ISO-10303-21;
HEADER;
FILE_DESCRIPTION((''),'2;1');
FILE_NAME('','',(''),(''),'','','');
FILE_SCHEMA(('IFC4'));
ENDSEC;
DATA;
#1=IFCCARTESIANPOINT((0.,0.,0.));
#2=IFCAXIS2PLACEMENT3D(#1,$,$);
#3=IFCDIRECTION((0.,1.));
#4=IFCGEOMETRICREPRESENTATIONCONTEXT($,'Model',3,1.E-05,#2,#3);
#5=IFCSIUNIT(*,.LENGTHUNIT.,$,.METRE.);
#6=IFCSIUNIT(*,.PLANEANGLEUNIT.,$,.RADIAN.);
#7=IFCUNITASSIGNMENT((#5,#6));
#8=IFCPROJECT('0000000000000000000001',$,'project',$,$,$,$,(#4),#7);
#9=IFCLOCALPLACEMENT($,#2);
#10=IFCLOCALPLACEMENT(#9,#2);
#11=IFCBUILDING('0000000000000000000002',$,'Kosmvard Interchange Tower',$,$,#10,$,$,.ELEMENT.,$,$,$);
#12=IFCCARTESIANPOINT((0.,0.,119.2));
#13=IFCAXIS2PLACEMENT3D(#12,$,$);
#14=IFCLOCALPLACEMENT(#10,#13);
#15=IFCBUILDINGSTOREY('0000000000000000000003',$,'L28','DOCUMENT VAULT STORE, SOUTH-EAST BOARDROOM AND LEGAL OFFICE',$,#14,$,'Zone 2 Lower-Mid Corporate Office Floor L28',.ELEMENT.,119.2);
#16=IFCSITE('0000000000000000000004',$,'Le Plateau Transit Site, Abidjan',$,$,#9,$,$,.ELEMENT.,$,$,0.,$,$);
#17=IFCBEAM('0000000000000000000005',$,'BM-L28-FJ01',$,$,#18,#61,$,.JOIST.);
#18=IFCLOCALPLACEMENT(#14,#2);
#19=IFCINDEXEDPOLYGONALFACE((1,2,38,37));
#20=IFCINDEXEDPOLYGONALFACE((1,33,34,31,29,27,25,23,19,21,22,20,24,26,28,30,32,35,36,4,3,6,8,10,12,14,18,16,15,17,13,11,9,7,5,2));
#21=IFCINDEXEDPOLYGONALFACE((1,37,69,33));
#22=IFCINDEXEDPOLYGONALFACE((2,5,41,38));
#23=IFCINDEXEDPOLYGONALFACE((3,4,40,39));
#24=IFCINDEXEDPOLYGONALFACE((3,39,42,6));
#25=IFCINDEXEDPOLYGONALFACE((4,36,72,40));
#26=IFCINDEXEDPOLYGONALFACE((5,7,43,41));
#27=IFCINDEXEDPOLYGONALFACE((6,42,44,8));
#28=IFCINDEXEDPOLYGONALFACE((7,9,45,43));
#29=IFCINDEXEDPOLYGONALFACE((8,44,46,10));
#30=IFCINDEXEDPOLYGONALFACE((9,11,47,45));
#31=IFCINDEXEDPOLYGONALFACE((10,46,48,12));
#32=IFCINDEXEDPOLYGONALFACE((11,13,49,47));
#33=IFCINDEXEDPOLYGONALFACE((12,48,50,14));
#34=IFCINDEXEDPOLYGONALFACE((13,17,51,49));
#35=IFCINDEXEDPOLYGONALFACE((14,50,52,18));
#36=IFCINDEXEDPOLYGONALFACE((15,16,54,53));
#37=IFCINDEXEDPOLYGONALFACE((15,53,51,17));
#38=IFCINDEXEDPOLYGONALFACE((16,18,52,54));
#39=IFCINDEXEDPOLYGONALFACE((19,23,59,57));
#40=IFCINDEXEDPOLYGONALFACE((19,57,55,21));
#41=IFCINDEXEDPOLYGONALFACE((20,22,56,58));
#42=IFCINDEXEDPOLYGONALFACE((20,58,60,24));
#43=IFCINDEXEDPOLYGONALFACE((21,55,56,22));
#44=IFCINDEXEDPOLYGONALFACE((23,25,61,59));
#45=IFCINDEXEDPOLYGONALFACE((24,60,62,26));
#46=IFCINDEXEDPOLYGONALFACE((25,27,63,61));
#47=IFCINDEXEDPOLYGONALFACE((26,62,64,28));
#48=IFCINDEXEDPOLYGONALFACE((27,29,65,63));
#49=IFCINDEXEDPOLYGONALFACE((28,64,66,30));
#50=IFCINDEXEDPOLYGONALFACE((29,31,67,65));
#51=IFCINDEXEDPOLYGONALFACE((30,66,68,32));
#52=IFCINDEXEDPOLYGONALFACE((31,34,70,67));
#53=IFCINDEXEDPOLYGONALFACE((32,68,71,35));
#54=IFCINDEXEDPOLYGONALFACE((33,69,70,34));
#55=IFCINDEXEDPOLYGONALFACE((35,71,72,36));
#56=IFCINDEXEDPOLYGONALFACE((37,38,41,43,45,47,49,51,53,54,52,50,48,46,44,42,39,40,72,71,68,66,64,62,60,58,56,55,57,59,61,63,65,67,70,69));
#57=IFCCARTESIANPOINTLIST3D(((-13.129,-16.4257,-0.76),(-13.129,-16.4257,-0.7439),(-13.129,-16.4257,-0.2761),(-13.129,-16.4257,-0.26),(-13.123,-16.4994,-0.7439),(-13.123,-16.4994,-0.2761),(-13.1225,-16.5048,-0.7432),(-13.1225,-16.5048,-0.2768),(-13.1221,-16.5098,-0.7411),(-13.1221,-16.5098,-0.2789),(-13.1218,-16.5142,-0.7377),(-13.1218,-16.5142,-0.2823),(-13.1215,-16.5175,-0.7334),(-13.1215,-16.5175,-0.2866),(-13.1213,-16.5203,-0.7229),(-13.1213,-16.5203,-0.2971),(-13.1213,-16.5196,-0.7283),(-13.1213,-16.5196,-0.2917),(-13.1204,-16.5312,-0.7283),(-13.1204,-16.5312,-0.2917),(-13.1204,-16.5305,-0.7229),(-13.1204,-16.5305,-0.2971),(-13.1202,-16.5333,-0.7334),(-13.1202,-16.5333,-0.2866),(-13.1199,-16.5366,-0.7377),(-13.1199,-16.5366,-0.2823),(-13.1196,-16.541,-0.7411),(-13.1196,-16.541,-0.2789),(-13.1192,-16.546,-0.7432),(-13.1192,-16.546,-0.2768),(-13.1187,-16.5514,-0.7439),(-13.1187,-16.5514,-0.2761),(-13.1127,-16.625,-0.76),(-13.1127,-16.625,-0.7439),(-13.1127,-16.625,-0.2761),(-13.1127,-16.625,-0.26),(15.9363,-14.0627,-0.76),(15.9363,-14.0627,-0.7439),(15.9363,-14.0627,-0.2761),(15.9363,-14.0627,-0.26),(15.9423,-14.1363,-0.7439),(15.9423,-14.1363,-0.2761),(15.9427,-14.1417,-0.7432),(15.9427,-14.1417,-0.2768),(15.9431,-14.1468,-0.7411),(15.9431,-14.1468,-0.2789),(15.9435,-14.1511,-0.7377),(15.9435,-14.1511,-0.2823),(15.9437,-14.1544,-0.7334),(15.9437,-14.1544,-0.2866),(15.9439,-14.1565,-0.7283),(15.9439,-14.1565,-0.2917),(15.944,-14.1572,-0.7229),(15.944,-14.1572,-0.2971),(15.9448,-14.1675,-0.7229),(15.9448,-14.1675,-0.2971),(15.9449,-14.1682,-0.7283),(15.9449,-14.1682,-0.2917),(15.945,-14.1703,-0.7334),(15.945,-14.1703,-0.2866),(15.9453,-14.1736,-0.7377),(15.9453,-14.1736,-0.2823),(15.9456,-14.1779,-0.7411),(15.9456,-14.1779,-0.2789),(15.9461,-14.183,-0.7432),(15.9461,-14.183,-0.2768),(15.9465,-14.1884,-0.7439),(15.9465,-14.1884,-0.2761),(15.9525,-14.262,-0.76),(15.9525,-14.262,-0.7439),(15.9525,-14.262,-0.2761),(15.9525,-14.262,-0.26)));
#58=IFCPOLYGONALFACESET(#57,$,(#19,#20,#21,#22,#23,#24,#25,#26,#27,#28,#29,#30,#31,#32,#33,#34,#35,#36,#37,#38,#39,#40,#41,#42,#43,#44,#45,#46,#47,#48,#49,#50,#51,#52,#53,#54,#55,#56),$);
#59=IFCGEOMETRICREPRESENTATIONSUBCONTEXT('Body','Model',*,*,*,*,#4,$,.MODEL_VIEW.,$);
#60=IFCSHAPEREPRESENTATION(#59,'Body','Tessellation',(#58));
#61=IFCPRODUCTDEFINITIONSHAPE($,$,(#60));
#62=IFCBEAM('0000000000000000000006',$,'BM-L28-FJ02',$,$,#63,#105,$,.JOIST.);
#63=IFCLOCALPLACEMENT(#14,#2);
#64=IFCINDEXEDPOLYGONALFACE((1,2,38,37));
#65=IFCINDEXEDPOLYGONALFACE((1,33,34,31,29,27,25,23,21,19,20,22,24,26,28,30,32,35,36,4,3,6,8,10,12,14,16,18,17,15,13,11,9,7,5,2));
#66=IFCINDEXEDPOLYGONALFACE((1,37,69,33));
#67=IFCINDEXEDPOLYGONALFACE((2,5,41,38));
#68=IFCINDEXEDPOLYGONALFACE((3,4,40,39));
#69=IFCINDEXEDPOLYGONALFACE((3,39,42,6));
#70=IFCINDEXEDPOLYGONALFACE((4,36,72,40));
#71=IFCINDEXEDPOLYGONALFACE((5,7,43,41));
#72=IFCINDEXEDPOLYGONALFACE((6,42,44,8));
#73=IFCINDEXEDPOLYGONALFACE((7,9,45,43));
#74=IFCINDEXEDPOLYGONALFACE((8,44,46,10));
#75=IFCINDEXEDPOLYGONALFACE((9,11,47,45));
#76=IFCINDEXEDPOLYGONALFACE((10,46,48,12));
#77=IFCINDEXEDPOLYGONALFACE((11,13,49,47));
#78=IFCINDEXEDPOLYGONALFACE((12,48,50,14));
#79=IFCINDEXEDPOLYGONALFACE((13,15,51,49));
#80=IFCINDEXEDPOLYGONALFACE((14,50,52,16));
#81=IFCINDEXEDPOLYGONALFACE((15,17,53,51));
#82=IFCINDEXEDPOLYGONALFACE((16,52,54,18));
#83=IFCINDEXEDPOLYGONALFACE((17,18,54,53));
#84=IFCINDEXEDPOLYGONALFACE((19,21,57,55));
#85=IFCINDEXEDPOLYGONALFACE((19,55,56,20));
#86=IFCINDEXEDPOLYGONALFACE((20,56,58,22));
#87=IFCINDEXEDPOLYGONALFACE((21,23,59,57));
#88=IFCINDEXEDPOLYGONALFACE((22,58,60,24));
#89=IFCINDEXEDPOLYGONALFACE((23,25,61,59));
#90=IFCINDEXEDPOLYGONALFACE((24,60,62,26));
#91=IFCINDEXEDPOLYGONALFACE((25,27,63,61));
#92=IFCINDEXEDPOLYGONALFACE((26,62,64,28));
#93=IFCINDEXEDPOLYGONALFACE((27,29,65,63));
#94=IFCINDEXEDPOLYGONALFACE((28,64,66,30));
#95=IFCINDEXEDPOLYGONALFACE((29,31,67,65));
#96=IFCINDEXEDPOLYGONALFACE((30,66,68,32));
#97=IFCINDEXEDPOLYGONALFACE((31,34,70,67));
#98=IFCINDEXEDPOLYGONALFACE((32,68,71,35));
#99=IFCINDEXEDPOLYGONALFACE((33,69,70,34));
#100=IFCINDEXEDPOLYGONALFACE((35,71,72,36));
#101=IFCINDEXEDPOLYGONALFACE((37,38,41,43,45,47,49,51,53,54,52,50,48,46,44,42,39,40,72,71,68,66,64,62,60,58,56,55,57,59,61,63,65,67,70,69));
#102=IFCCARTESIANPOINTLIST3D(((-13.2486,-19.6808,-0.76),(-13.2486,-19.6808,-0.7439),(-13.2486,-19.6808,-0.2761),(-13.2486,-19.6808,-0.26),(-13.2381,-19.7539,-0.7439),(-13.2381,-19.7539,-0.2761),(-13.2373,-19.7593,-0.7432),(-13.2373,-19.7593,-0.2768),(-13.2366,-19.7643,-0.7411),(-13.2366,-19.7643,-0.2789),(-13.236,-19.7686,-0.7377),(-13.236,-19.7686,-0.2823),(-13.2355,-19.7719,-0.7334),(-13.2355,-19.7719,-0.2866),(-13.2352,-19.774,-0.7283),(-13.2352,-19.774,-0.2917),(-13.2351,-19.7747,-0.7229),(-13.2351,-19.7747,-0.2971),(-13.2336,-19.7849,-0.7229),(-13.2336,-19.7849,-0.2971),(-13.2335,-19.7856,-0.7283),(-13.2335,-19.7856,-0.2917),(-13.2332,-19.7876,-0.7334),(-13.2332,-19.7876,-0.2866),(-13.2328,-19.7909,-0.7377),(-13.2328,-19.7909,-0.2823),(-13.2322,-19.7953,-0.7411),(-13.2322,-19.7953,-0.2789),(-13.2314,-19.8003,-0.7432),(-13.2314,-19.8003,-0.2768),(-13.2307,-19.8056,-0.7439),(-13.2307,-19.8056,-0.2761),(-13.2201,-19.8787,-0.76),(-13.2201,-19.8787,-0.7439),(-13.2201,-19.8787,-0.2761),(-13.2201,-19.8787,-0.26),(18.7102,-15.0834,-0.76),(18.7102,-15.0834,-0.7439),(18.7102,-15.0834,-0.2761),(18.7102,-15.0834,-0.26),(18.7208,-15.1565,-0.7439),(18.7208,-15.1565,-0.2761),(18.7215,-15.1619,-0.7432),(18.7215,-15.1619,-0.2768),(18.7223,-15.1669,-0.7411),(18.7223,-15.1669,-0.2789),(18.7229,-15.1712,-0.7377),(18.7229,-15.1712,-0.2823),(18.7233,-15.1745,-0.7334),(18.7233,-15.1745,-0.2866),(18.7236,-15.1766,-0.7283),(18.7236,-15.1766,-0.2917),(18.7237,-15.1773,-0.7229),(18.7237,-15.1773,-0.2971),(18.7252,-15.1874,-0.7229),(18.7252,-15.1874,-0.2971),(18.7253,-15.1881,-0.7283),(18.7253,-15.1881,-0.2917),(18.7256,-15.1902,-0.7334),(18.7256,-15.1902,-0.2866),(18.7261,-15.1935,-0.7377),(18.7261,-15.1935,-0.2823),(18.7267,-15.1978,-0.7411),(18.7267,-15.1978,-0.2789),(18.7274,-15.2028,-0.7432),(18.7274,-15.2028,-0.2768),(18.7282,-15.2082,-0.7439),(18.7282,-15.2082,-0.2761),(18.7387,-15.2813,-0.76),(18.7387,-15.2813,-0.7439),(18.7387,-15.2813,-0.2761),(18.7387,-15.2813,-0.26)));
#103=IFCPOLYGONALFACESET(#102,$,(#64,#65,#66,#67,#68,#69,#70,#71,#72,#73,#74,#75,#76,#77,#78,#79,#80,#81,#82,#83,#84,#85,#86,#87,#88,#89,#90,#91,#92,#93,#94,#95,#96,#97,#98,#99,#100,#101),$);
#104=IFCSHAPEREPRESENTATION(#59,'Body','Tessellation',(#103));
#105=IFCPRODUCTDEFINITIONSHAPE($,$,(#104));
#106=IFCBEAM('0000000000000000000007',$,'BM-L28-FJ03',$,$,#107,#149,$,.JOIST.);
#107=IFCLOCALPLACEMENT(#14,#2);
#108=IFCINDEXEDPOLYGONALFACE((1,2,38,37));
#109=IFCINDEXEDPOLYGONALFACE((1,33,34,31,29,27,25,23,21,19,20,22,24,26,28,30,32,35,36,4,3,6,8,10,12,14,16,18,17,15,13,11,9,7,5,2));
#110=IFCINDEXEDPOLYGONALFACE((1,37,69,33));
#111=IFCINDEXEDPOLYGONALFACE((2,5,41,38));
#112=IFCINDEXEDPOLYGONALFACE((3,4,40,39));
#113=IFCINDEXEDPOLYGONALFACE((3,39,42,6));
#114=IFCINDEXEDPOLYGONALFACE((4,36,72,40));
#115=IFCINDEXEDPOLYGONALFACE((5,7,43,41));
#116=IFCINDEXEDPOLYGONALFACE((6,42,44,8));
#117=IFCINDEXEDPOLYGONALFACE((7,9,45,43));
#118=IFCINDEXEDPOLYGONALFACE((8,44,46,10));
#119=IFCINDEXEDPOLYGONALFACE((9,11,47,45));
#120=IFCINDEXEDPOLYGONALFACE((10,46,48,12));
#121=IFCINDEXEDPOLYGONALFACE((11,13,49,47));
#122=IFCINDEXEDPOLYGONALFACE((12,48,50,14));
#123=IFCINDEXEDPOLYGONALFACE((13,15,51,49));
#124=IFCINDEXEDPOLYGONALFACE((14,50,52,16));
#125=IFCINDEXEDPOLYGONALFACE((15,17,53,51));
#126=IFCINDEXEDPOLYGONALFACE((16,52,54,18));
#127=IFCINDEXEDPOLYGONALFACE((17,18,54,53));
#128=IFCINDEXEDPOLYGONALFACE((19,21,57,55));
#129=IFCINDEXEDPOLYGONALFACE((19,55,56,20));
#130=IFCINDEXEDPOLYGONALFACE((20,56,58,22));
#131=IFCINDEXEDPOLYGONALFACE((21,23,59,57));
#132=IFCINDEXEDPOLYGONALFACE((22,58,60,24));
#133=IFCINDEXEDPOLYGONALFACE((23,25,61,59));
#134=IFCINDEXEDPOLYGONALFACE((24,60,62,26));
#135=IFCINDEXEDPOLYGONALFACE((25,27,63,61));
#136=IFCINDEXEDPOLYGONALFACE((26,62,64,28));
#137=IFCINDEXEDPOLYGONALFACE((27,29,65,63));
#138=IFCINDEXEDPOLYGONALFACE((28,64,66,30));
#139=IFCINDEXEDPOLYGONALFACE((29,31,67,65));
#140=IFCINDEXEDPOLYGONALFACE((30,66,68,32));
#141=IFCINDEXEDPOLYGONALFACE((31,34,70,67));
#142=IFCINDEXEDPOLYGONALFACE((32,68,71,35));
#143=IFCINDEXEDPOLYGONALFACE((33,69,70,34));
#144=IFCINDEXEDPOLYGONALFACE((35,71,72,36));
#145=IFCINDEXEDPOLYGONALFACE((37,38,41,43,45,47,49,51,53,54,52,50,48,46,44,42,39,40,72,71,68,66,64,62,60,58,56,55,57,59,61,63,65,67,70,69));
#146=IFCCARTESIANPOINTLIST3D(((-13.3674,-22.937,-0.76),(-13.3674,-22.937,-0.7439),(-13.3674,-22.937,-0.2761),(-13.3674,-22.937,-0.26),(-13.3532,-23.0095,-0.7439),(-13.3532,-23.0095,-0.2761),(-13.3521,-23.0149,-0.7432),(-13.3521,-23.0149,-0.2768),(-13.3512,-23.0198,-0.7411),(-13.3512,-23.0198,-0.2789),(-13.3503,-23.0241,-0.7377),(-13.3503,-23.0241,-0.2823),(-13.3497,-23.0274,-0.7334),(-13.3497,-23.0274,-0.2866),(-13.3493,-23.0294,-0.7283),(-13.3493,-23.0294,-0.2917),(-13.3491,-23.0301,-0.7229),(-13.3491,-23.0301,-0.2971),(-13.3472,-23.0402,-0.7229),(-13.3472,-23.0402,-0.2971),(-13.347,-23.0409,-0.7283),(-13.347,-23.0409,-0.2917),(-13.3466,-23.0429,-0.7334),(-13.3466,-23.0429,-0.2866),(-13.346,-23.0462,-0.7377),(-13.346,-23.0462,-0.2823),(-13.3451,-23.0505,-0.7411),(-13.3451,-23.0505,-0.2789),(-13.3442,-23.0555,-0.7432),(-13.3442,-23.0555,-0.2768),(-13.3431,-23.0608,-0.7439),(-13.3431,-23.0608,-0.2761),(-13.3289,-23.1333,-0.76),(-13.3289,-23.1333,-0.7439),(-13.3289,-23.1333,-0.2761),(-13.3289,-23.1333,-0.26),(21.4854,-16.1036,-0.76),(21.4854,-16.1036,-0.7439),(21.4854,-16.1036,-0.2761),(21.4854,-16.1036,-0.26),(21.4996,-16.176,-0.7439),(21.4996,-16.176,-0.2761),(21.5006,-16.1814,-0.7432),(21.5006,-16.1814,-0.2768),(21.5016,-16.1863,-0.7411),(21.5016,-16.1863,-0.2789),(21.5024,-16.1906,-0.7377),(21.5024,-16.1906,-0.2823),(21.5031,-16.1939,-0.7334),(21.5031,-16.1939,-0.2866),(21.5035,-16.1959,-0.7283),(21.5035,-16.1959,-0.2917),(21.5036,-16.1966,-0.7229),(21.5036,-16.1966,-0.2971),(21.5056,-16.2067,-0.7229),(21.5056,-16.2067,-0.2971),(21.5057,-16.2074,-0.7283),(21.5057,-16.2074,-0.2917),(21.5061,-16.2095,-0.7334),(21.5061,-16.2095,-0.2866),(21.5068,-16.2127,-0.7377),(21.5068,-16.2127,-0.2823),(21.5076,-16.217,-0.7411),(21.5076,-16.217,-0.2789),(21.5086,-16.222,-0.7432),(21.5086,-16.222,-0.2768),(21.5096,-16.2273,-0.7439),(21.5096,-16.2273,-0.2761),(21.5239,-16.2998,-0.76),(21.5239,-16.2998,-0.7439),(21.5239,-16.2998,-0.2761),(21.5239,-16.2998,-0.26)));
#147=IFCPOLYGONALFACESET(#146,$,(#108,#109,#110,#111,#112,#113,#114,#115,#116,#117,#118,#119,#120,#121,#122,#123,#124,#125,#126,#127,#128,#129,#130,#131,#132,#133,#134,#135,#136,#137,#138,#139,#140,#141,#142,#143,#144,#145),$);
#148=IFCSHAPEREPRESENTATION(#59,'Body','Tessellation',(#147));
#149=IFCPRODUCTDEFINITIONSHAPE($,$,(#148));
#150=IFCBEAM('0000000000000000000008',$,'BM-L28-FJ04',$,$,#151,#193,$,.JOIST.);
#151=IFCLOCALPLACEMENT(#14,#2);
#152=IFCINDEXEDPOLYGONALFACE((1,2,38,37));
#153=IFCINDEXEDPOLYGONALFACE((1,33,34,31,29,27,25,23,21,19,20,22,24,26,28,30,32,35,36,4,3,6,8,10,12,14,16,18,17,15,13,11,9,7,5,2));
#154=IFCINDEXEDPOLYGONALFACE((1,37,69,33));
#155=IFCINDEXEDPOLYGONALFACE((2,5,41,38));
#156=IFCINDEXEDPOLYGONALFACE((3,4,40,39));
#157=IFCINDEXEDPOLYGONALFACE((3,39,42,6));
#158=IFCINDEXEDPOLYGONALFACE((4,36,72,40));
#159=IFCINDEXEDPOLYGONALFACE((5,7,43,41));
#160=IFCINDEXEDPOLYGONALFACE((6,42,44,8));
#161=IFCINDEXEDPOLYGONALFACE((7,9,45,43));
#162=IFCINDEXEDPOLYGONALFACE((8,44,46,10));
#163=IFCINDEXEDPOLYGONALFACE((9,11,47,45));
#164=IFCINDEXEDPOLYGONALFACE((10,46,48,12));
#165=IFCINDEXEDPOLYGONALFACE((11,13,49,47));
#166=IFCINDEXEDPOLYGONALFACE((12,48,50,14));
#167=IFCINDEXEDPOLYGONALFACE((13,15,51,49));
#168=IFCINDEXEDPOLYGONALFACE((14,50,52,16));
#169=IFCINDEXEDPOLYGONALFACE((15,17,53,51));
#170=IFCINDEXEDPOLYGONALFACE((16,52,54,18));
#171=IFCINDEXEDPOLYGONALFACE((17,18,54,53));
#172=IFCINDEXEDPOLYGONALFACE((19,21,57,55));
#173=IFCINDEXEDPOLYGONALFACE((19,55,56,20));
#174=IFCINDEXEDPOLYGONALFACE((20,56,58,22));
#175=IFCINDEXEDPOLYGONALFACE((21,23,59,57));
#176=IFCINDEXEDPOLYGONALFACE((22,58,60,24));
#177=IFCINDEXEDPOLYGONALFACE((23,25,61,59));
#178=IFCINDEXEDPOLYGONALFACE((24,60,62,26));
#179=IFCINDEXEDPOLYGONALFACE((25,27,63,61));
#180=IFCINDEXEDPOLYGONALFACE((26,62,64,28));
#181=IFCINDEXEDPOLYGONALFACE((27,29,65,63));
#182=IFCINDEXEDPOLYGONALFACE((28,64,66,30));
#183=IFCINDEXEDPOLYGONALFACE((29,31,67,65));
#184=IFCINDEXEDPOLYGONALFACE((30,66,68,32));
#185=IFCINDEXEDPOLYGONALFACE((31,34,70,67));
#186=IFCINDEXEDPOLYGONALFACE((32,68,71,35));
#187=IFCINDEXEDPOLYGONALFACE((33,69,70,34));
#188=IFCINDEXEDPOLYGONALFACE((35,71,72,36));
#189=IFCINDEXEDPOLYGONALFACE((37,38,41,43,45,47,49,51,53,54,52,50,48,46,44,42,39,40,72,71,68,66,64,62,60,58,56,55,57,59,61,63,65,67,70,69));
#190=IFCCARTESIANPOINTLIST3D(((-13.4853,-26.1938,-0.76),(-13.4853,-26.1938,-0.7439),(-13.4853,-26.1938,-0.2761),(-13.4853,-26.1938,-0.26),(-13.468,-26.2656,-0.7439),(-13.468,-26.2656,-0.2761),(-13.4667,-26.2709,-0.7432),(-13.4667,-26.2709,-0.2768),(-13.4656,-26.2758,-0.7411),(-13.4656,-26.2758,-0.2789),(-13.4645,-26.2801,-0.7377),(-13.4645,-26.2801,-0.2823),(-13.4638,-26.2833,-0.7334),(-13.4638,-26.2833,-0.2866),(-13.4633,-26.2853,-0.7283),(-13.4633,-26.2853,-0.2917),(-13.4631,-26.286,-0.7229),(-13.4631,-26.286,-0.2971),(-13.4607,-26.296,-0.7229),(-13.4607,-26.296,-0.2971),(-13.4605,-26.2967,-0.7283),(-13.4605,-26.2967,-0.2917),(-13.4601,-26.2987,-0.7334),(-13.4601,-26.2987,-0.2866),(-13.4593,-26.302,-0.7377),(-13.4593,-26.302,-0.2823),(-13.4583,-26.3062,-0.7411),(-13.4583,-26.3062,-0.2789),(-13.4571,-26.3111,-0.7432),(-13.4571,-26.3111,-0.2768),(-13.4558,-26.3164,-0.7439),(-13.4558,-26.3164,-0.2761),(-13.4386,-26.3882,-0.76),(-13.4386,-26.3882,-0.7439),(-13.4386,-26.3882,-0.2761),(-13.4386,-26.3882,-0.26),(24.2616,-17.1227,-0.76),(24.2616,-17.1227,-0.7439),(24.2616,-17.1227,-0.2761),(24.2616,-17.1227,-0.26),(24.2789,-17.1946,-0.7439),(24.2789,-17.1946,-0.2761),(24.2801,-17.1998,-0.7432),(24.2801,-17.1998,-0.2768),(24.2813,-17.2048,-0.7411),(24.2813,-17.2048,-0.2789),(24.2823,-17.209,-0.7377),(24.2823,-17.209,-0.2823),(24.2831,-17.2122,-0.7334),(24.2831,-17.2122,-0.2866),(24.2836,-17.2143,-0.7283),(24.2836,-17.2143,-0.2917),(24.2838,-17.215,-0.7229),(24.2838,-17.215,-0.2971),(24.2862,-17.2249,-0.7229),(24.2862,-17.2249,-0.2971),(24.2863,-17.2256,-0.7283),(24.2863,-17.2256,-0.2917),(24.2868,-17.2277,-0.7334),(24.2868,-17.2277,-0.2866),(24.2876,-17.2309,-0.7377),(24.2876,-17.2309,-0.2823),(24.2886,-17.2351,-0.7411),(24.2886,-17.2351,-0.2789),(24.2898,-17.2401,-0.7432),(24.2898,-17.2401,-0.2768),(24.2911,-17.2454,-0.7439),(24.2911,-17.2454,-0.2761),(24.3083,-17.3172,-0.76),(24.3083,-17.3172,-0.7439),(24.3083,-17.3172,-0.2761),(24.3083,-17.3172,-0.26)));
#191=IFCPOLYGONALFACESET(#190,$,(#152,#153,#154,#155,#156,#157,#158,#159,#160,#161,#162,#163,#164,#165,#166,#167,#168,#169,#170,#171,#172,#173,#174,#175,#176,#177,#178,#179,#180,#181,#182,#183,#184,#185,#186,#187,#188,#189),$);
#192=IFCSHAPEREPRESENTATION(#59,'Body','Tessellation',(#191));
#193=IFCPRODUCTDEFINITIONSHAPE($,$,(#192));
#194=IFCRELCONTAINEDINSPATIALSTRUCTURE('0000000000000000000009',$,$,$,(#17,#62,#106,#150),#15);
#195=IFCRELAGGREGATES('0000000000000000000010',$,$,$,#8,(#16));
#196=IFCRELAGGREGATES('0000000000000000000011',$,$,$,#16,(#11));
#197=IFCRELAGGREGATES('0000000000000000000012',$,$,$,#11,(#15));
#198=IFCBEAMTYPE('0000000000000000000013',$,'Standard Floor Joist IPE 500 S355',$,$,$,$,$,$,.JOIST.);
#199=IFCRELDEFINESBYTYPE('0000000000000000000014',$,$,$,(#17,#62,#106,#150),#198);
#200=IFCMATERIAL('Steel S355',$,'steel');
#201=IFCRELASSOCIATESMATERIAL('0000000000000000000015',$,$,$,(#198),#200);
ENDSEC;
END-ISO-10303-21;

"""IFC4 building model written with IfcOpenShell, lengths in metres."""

from ifc_helpers import new_model, si_unit, direction, frame, origin, origin_2d, place, context, subcontext, project, spatial, i_section, extrude, source, transform, mapped, material, material_profile, profile_set, type_object, element, save


model = new_model("IFC4")

# Units and contexts
model_context = context("Model", 3, precision=1e-05, world=origin(), true_north=direction((0.0, 1.0)))
body_context = subcontext(model_context, "Body", "Model", "MODEL_VIEW")
ifc_project = project(units=[si_unit("LENGTHUNIT", "METRE"), si_unit("PLANEANGLEUNIT", "RADIAN")], contexts=[model_context])

# Site, building, storey
site_placement = place(None, origin())
site = spatial("IfcSite", under=ifc_project, at=site_placement, Name="Le Plateau Transit Site, Abidjan", CompositionType="ELEMENT", RefElevation=0.0)
building_placement = place(site_placement, origin())
building = spatial("IfcBuilding", under=site, at=building_placement, Name="Kosmvard Interchange Tower", CompositionType="ELEMENT")
storey_placement = place(building_placement, frame((0.0, 0.0, 119.2)))
storey = spatial("IfcBuildingStorey", under=building, at=storey_placement, Name="L28", Description="DOCUMENT VAULT STORE, SOUTH-EAST BOARDROOM AND LEGAL OFFICE", LongName="Zone 2 Lower-Mid Corporate Office Floor L28", CompositionType="ELEMENT", Elevation=119.2)

# Beams
ifc_material_1 = material(Name="Steel S355", Category="steel")
ifc_material_profile_1 = material_profile(ifc_material_1, i_section(OverallWidth=0.2, OverallDepth=0.5, WebThickness=0.0103, FlangeThickness=0.0161, FilletRadius=0.021, at=origin_2d()), Name="IPE 500")
ifc_profile_set_1 = profile_set([ifc_material_profile_1], Name="Steel S355")
beam_type_1 = type_object("IfcBeamType", Name="Standard Floor Joist IPE 500 S355", PredefinedType="JOIST", material=ifc_profile_set_1)
shared_shape_1 = source(origin(), body_context, "Body", "SweptSolid", [
    extrude(i_section(OverallWidth=0.2, OverallDepth=0.5, WebThickness=0.0103, FlangeThickness=0.0161, FilletRadius=0.021, at=origin_2d()), origin(), (0.0, 0.0, 1.0), 29.1611),
])
beam_1_placement = place(storey_placement, frame((-13.1208, -16.5254, -0.51), z_axis=(0.996711, 0.081034, 0.0), x_axis=(-0.081034, 0.996711, 0.0)))
element("IfcBeam", 1, at=beam_1_placement, inside=storey, type_object=beam_type_1, Name="BM-L28-FJ01", PredefinedType="JOIST", context=body_context, shape_type="MappedRepresentation", body=[
    mapped(shared_shape_1, transform((0.0, 0.0, 0.0), scale=1.0)),
])
shared_shape_2 = source(origin(), body_context, "Body", "SweptSolid", [
    extrude(i_section(OverallWidth=0.2, OverallDepth=0.5, WebThickness=0.0103, FlangeThickness=0.0161, FilletRadius=0.021, at=origin_2d()), origin(), (0.0, 0.0, 1.0), 32.2878),
])
beam_2_placement = place(storey_placement, frame((-13.2344, -19.7798, -0.51), z_axis=(0.989811, 0.142389, 0.0), x_axis=(-0.142389, 0.989811, 0.0)))
element("IfcBeam", 2, at=beam_2_placement, inside=storey, type_object=beam_type_1, Name="BM-L28-FJ02", PredefinedType="JOIST", context=body_context, shape_type="MappedRepresentation", body=[
    mapped(shared_shape_2, transform((0.0, 0.0, 0.0), scale=1.0)),
])
shared_shape_3 = source(origin(), body_context, "Body", "SweptSolid", [
    extrude(i_section(OverallWidth=0.2, OverallDepth=0.5, WebThickness=0.0103, FlangeThickness=0.0161, FilletRadius=0.021, at=origin_2d()), origin(), (0.0, 0.0, 1.0), 35.5164),
])
beam_3_placement = place(storey_placement, frame((-13.3481, -23.0352, -0.51), z_axis=(0.981316, 0.192404, 0.0), x_axis=(-0.192404, 0.981316, 0.0)))
element("IfcBeam", 3, at=beam_3_placement, inside=storey, type_object=beam_type_1, Name="BM-L28-FJ03", PredefinedType="JOIST", context=body_context, shape_type="MappedRepresentation", body=[
    mapped(shared_shape_3, transform((0.0, 0.0, 0.0), scale=1.0)),
])
shared_shape_4 = source(origin(), body_context, "Body", "SweptSolid", [
    extrude(i_section(OverallWidth=0.2, OverallDepth=0.5, WebThickness=0.0103, FlangeThickness=0.0161, FilletRadius=0.021, at=origin_2d()), origin(), (0.0, 0.0, 1.0), 38.8215),
])
beam_4_placement = place(storey_placement, frame((-13.4619, -26.291, -0.51), z_axis=(0.972318, 0.233661, 0.0), x_axis=(-0.233661, 0.972318, 0.0)))
element("IfcBeam", 4, at=beam_4_placement, inside=storey, type_object=beam_type_1, Name="BM-L28-FJ04", PredefinedType="JOIST", context=body_context, shape_type="MappedRepresentation", body=[
    mapped(shared_shape_4, transform((0.0, 0.0, 0.0), scale=1.0)),
])

save(model, "model.ifc")
